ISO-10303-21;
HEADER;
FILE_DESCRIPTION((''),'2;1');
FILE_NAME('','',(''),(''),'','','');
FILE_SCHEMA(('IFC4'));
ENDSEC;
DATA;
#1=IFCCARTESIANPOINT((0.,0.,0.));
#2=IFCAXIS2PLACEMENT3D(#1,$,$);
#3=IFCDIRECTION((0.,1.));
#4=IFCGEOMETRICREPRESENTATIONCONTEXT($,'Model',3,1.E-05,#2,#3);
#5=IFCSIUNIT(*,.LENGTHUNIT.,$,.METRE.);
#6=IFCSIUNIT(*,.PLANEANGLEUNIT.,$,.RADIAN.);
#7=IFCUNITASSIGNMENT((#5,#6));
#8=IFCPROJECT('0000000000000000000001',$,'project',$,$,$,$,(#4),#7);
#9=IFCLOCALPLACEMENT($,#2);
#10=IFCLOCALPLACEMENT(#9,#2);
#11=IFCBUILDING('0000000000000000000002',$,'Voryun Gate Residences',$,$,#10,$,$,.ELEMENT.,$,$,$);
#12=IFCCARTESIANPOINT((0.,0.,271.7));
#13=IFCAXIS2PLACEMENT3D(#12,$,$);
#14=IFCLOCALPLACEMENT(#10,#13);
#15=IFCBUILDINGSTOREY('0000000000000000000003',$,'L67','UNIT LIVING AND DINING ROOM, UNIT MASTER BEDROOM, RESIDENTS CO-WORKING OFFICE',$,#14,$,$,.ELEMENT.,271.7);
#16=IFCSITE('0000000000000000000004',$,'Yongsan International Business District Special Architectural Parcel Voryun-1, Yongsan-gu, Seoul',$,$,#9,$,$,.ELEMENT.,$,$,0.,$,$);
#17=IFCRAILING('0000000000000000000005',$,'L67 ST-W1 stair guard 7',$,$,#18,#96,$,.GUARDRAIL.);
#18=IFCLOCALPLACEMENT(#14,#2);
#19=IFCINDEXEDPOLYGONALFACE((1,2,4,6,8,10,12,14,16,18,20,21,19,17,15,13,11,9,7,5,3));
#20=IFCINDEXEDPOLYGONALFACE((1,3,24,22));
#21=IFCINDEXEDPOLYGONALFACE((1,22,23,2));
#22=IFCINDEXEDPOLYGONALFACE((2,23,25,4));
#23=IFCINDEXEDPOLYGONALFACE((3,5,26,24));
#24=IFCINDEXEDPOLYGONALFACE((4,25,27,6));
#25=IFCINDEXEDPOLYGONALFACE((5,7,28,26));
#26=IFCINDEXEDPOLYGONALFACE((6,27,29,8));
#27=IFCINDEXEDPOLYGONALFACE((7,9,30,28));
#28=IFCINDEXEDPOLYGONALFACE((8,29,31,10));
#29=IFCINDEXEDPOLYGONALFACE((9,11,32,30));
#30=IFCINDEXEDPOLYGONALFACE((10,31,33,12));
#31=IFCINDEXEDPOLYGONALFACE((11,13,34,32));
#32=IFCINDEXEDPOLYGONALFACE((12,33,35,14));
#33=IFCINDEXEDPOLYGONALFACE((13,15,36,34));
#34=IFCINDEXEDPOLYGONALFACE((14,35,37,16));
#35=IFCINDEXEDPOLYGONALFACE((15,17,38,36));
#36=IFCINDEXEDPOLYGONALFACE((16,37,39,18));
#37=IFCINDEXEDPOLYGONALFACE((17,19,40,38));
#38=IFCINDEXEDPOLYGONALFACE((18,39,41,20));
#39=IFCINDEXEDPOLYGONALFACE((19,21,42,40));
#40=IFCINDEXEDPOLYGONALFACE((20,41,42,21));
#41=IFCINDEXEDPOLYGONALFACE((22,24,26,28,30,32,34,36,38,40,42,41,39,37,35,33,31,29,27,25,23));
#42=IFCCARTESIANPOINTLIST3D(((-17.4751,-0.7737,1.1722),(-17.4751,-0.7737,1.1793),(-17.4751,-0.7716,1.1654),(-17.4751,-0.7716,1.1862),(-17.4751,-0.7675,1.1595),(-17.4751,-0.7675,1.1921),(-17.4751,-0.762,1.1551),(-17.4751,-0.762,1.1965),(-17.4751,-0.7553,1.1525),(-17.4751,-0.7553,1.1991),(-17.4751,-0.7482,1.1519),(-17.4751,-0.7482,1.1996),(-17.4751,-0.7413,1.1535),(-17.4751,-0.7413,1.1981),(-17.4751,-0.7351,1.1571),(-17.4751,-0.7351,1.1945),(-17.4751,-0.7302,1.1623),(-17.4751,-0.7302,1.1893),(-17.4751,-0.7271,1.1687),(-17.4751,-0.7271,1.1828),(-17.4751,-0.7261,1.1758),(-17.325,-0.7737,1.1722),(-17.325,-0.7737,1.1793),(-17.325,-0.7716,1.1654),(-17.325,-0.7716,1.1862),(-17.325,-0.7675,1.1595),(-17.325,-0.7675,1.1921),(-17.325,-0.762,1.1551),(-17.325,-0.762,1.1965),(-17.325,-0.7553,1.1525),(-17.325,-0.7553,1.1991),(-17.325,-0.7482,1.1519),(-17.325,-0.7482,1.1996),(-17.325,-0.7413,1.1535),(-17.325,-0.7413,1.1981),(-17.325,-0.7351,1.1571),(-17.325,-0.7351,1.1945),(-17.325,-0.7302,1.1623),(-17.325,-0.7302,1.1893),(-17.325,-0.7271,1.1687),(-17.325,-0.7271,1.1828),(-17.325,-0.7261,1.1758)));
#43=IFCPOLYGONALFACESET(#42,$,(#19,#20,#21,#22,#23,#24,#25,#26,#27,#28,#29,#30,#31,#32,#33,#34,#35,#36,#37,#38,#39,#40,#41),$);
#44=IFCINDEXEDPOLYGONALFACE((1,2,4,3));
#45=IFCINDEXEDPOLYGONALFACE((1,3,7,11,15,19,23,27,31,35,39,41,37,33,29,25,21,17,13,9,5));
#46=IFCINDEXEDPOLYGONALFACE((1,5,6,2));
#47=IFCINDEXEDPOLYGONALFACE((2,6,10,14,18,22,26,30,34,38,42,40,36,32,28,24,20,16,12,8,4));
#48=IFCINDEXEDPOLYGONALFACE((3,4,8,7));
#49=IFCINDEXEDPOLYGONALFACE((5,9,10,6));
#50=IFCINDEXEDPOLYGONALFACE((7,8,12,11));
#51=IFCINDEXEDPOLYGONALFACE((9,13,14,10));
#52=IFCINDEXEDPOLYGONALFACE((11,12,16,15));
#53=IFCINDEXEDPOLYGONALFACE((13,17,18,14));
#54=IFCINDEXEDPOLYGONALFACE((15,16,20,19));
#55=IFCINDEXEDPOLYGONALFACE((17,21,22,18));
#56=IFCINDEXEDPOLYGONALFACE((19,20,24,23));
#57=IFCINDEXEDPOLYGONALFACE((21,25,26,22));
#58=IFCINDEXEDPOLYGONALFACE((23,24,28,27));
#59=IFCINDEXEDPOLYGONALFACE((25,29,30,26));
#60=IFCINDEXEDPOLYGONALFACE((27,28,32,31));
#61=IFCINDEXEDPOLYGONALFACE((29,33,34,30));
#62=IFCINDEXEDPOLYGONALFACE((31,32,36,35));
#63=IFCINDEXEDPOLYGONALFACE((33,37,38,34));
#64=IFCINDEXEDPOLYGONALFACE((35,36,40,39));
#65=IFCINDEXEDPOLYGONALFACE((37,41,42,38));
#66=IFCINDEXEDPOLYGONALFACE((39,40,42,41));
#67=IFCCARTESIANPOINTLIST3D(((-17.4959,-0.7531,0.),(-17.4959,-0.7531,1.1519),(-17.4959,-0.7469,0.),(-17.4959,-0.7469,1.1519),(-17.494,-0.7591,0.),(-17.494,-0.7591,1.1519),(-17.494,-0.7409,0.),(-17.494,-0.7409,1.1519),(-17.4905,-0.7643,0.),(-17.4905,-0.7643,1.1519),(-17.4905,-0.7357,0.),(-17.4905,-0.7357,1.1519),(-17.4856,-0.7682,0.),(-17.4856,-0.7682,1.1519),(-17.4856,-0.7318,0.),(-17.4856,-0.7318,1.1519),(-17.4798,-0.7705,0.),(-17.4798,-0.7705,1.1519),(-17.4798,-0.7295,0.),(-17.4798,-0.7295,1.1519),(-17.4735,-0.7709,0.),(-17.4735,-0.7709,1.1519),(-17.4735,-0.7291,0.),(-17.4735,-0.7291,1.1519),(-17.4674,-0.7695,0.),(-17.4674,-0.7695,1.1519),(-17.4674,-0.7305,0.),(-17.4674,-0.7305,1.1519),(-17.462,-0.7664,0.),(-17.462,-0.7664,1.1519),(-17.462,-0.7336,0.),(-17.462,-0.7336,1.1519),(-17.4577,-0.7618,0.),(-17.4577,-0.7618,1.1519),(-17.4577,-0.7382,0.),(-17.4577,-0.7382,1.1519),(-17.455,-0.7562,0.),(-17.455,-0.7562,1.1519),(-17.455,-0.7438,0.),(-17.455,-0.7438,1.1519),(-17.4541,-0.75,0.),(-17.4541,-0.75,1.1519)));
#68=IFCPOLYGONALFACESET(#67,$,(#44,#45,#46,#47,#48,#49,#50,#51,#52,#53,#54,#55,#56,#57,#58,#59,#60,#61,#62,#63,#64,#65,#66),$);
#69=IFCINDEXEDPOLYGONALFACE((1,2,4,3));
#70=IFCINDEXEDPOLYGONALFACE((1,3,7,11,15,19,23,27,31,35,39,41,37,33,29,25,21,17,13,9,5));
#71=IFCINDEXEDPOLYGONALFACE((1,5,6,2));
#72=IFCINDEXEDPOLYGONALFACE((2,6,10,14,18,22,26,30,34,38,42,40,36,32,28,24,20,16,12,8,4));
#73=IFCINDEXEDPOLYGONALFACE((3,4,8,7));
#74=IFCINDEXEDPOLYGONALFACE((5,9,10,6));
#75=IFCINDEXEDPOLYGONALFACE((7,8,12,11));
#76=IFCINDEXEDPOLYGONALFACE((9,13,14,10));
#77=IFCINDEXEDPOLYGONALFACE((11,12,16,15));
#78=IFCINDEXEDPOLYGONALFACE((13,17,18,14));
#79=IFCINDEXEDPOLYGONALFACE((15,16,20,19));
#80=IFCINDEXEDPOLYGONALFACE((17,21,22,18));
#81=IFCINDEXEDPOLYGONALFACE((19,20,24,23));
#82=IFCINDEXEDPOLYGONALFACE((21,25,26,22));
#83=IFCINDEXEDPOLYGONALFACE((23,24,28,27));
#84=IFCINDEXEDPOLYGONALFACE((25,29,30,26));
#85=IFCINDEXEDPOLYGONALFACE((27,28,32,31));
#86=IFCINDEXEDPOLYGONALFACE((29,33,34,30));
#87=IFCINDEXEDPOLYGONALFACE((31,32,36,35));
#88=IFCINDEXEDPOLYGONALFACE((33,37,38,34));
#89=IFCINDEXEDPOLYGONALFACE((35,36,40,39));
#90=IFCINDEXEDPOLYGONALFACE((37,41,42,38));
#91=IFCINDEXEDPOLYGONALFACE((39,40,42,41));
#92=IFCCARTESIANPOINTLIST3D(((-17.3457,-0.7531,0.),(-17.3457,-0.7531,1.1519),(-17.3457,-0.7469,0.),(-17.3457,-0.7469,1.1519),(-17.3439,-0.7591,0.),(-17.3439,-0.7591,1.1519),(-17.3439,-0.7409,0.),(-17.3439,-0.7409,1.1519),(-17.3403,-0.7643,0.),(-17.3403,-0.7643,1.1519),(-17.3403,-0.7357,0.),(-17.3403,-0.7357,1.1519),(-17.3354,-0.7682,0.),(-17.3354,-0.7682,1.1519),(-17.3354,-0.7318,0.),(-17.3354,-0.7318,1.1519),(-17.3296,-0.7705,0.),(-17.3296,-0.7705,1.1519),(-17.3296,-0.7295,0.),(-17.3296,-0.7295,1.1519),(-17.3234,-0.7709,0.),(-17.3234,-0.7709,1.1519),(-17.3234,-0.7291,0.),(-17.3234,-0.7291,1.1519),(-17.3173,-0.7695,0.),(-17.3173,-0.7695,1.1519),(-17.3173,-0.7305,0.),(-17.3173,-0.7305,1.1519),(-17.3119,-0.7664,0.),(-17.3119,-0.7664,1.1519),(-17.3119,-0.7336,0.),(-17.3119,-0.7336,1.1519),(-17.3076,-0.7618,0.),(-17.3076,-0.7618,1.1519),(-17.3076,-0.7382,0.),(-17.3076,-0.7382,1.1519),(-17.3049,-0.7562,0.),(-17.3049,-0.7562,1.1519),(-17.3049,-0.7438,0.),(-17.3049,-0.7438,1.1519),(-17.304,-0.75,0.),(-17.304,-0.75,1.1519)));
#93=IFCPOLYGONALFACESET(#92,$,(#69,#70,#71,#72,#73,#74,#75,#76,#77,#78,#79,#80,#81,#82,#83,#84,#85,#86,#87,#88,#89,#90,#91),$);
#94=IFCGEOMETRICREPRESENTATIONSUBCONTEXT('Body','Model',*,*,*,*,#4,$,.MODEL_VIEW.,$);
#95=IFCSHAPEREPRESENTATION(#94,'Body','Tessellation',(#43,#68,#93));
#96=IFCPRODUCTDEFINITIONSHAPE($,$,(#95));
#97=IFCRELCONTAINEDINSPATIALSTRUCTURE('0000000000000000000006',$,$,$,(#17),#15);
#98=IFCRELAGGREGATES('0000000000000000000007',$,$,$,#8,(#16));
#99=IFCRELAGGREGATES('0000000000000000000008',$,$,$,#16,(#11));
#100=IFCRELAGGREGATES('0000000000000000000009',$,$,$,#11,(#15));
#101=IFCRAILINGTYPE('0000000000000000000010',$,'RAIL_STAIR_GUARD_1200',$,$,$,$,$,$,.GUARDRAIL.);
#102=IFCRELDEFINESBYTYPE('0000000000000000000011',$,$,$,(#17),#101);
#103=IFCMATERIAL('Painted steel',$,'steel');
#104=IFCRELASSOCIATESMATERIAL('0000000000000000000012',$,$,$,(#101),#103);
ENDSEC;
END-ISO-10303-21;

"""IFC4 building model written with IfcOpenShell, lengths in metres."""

from ifc_helpers import new_model, si_unit, direction, frame, origin, origin_2d, place, context, subcontext, project, spatial, circle, extrude, material, type_object, element, save


model = new_model("IFC4")

# Units and contexts
model_context = context("Model", 3, precision=1e-05, world=origin(), true_north=direction((0.0, 1.0)))
body_context = subcontext(model_context, "Body", "Model", "MODEL_VIEW")
ifc_project = project(units=[si_unit("LENGTHUNIT", "METRE"), si_unit("PLANEANGLEUNIT", "RADIAN")], contexts=[model_context])

# Site, building, storey
site_placement = place(None, origin())
site = spatial("IfcSite", under=ifc_project, at=site_placement, Name="Yongsan International Business District Special Architectural Parcel Voryun-1, Yongsan-gu, Seoul", CompositionType="ELEMENT", RefElevation=0.0)
building_placement = place(site_placement, origin())
building = spatial("IfcBuilding", under=site, at=building_placement, Name="Voryun Gate Residences", CompositionType="ELEMENT")
storey_placement = place(building_placement, frame((0.0, 0.0, 271.7)))
storey = spatial("IfcBuildingStorey", under=building, at=storey_placement, Name="L67", Description="UNIT LIVING AND DINING ROOM, UNIT MASTER BEDROOM, RESIDENTS CO-WORKING OFFICE", CompositionType="ELEMENT", Elevation=271.7)

# Railing
ifc_material_1 = material(Name="Painted steel", Category="steel")
railing_type_1 = type_object("IfcRailingType", Name="RAIL_STAIR_GUARD_1200", PredefinedType="GUARDRAIL", material=ifc_material_1)
railing_1_placement = place(storey_placement, frame((-17.4751, -0.75, 0.0)))
element("IfcRailing", 1, at=railing_1_placement, inside=storey, type_object=railing_type_1, Name="L67 ST-W1 stair guard 7", PredefinedType="GUARDRAIL", context=body_context, shape_type="SweptSolid", body=[
    extrude(circle(Radius=0.0239, at=origin_2d()), frame((0.0, 0.0, 1.1758), z_axis=(1.0, 0.0, 0.0), x_axis=(0.0, 1.0, 0.0)), (0.0, 0.0, 1.0), 0.1501),
    extrude(circle(Radius=0.021, at=origin_2d()), origin(), (0.0, 0.0, 1.0), 1.1519),
    extrude(circle(Radius=0.021, at=origin_2d()), frame((0.1501, 0.0, 0.0)), (0.0, 0.0, 1.0), 1.1519),
])

save(model, "model.ifc")
